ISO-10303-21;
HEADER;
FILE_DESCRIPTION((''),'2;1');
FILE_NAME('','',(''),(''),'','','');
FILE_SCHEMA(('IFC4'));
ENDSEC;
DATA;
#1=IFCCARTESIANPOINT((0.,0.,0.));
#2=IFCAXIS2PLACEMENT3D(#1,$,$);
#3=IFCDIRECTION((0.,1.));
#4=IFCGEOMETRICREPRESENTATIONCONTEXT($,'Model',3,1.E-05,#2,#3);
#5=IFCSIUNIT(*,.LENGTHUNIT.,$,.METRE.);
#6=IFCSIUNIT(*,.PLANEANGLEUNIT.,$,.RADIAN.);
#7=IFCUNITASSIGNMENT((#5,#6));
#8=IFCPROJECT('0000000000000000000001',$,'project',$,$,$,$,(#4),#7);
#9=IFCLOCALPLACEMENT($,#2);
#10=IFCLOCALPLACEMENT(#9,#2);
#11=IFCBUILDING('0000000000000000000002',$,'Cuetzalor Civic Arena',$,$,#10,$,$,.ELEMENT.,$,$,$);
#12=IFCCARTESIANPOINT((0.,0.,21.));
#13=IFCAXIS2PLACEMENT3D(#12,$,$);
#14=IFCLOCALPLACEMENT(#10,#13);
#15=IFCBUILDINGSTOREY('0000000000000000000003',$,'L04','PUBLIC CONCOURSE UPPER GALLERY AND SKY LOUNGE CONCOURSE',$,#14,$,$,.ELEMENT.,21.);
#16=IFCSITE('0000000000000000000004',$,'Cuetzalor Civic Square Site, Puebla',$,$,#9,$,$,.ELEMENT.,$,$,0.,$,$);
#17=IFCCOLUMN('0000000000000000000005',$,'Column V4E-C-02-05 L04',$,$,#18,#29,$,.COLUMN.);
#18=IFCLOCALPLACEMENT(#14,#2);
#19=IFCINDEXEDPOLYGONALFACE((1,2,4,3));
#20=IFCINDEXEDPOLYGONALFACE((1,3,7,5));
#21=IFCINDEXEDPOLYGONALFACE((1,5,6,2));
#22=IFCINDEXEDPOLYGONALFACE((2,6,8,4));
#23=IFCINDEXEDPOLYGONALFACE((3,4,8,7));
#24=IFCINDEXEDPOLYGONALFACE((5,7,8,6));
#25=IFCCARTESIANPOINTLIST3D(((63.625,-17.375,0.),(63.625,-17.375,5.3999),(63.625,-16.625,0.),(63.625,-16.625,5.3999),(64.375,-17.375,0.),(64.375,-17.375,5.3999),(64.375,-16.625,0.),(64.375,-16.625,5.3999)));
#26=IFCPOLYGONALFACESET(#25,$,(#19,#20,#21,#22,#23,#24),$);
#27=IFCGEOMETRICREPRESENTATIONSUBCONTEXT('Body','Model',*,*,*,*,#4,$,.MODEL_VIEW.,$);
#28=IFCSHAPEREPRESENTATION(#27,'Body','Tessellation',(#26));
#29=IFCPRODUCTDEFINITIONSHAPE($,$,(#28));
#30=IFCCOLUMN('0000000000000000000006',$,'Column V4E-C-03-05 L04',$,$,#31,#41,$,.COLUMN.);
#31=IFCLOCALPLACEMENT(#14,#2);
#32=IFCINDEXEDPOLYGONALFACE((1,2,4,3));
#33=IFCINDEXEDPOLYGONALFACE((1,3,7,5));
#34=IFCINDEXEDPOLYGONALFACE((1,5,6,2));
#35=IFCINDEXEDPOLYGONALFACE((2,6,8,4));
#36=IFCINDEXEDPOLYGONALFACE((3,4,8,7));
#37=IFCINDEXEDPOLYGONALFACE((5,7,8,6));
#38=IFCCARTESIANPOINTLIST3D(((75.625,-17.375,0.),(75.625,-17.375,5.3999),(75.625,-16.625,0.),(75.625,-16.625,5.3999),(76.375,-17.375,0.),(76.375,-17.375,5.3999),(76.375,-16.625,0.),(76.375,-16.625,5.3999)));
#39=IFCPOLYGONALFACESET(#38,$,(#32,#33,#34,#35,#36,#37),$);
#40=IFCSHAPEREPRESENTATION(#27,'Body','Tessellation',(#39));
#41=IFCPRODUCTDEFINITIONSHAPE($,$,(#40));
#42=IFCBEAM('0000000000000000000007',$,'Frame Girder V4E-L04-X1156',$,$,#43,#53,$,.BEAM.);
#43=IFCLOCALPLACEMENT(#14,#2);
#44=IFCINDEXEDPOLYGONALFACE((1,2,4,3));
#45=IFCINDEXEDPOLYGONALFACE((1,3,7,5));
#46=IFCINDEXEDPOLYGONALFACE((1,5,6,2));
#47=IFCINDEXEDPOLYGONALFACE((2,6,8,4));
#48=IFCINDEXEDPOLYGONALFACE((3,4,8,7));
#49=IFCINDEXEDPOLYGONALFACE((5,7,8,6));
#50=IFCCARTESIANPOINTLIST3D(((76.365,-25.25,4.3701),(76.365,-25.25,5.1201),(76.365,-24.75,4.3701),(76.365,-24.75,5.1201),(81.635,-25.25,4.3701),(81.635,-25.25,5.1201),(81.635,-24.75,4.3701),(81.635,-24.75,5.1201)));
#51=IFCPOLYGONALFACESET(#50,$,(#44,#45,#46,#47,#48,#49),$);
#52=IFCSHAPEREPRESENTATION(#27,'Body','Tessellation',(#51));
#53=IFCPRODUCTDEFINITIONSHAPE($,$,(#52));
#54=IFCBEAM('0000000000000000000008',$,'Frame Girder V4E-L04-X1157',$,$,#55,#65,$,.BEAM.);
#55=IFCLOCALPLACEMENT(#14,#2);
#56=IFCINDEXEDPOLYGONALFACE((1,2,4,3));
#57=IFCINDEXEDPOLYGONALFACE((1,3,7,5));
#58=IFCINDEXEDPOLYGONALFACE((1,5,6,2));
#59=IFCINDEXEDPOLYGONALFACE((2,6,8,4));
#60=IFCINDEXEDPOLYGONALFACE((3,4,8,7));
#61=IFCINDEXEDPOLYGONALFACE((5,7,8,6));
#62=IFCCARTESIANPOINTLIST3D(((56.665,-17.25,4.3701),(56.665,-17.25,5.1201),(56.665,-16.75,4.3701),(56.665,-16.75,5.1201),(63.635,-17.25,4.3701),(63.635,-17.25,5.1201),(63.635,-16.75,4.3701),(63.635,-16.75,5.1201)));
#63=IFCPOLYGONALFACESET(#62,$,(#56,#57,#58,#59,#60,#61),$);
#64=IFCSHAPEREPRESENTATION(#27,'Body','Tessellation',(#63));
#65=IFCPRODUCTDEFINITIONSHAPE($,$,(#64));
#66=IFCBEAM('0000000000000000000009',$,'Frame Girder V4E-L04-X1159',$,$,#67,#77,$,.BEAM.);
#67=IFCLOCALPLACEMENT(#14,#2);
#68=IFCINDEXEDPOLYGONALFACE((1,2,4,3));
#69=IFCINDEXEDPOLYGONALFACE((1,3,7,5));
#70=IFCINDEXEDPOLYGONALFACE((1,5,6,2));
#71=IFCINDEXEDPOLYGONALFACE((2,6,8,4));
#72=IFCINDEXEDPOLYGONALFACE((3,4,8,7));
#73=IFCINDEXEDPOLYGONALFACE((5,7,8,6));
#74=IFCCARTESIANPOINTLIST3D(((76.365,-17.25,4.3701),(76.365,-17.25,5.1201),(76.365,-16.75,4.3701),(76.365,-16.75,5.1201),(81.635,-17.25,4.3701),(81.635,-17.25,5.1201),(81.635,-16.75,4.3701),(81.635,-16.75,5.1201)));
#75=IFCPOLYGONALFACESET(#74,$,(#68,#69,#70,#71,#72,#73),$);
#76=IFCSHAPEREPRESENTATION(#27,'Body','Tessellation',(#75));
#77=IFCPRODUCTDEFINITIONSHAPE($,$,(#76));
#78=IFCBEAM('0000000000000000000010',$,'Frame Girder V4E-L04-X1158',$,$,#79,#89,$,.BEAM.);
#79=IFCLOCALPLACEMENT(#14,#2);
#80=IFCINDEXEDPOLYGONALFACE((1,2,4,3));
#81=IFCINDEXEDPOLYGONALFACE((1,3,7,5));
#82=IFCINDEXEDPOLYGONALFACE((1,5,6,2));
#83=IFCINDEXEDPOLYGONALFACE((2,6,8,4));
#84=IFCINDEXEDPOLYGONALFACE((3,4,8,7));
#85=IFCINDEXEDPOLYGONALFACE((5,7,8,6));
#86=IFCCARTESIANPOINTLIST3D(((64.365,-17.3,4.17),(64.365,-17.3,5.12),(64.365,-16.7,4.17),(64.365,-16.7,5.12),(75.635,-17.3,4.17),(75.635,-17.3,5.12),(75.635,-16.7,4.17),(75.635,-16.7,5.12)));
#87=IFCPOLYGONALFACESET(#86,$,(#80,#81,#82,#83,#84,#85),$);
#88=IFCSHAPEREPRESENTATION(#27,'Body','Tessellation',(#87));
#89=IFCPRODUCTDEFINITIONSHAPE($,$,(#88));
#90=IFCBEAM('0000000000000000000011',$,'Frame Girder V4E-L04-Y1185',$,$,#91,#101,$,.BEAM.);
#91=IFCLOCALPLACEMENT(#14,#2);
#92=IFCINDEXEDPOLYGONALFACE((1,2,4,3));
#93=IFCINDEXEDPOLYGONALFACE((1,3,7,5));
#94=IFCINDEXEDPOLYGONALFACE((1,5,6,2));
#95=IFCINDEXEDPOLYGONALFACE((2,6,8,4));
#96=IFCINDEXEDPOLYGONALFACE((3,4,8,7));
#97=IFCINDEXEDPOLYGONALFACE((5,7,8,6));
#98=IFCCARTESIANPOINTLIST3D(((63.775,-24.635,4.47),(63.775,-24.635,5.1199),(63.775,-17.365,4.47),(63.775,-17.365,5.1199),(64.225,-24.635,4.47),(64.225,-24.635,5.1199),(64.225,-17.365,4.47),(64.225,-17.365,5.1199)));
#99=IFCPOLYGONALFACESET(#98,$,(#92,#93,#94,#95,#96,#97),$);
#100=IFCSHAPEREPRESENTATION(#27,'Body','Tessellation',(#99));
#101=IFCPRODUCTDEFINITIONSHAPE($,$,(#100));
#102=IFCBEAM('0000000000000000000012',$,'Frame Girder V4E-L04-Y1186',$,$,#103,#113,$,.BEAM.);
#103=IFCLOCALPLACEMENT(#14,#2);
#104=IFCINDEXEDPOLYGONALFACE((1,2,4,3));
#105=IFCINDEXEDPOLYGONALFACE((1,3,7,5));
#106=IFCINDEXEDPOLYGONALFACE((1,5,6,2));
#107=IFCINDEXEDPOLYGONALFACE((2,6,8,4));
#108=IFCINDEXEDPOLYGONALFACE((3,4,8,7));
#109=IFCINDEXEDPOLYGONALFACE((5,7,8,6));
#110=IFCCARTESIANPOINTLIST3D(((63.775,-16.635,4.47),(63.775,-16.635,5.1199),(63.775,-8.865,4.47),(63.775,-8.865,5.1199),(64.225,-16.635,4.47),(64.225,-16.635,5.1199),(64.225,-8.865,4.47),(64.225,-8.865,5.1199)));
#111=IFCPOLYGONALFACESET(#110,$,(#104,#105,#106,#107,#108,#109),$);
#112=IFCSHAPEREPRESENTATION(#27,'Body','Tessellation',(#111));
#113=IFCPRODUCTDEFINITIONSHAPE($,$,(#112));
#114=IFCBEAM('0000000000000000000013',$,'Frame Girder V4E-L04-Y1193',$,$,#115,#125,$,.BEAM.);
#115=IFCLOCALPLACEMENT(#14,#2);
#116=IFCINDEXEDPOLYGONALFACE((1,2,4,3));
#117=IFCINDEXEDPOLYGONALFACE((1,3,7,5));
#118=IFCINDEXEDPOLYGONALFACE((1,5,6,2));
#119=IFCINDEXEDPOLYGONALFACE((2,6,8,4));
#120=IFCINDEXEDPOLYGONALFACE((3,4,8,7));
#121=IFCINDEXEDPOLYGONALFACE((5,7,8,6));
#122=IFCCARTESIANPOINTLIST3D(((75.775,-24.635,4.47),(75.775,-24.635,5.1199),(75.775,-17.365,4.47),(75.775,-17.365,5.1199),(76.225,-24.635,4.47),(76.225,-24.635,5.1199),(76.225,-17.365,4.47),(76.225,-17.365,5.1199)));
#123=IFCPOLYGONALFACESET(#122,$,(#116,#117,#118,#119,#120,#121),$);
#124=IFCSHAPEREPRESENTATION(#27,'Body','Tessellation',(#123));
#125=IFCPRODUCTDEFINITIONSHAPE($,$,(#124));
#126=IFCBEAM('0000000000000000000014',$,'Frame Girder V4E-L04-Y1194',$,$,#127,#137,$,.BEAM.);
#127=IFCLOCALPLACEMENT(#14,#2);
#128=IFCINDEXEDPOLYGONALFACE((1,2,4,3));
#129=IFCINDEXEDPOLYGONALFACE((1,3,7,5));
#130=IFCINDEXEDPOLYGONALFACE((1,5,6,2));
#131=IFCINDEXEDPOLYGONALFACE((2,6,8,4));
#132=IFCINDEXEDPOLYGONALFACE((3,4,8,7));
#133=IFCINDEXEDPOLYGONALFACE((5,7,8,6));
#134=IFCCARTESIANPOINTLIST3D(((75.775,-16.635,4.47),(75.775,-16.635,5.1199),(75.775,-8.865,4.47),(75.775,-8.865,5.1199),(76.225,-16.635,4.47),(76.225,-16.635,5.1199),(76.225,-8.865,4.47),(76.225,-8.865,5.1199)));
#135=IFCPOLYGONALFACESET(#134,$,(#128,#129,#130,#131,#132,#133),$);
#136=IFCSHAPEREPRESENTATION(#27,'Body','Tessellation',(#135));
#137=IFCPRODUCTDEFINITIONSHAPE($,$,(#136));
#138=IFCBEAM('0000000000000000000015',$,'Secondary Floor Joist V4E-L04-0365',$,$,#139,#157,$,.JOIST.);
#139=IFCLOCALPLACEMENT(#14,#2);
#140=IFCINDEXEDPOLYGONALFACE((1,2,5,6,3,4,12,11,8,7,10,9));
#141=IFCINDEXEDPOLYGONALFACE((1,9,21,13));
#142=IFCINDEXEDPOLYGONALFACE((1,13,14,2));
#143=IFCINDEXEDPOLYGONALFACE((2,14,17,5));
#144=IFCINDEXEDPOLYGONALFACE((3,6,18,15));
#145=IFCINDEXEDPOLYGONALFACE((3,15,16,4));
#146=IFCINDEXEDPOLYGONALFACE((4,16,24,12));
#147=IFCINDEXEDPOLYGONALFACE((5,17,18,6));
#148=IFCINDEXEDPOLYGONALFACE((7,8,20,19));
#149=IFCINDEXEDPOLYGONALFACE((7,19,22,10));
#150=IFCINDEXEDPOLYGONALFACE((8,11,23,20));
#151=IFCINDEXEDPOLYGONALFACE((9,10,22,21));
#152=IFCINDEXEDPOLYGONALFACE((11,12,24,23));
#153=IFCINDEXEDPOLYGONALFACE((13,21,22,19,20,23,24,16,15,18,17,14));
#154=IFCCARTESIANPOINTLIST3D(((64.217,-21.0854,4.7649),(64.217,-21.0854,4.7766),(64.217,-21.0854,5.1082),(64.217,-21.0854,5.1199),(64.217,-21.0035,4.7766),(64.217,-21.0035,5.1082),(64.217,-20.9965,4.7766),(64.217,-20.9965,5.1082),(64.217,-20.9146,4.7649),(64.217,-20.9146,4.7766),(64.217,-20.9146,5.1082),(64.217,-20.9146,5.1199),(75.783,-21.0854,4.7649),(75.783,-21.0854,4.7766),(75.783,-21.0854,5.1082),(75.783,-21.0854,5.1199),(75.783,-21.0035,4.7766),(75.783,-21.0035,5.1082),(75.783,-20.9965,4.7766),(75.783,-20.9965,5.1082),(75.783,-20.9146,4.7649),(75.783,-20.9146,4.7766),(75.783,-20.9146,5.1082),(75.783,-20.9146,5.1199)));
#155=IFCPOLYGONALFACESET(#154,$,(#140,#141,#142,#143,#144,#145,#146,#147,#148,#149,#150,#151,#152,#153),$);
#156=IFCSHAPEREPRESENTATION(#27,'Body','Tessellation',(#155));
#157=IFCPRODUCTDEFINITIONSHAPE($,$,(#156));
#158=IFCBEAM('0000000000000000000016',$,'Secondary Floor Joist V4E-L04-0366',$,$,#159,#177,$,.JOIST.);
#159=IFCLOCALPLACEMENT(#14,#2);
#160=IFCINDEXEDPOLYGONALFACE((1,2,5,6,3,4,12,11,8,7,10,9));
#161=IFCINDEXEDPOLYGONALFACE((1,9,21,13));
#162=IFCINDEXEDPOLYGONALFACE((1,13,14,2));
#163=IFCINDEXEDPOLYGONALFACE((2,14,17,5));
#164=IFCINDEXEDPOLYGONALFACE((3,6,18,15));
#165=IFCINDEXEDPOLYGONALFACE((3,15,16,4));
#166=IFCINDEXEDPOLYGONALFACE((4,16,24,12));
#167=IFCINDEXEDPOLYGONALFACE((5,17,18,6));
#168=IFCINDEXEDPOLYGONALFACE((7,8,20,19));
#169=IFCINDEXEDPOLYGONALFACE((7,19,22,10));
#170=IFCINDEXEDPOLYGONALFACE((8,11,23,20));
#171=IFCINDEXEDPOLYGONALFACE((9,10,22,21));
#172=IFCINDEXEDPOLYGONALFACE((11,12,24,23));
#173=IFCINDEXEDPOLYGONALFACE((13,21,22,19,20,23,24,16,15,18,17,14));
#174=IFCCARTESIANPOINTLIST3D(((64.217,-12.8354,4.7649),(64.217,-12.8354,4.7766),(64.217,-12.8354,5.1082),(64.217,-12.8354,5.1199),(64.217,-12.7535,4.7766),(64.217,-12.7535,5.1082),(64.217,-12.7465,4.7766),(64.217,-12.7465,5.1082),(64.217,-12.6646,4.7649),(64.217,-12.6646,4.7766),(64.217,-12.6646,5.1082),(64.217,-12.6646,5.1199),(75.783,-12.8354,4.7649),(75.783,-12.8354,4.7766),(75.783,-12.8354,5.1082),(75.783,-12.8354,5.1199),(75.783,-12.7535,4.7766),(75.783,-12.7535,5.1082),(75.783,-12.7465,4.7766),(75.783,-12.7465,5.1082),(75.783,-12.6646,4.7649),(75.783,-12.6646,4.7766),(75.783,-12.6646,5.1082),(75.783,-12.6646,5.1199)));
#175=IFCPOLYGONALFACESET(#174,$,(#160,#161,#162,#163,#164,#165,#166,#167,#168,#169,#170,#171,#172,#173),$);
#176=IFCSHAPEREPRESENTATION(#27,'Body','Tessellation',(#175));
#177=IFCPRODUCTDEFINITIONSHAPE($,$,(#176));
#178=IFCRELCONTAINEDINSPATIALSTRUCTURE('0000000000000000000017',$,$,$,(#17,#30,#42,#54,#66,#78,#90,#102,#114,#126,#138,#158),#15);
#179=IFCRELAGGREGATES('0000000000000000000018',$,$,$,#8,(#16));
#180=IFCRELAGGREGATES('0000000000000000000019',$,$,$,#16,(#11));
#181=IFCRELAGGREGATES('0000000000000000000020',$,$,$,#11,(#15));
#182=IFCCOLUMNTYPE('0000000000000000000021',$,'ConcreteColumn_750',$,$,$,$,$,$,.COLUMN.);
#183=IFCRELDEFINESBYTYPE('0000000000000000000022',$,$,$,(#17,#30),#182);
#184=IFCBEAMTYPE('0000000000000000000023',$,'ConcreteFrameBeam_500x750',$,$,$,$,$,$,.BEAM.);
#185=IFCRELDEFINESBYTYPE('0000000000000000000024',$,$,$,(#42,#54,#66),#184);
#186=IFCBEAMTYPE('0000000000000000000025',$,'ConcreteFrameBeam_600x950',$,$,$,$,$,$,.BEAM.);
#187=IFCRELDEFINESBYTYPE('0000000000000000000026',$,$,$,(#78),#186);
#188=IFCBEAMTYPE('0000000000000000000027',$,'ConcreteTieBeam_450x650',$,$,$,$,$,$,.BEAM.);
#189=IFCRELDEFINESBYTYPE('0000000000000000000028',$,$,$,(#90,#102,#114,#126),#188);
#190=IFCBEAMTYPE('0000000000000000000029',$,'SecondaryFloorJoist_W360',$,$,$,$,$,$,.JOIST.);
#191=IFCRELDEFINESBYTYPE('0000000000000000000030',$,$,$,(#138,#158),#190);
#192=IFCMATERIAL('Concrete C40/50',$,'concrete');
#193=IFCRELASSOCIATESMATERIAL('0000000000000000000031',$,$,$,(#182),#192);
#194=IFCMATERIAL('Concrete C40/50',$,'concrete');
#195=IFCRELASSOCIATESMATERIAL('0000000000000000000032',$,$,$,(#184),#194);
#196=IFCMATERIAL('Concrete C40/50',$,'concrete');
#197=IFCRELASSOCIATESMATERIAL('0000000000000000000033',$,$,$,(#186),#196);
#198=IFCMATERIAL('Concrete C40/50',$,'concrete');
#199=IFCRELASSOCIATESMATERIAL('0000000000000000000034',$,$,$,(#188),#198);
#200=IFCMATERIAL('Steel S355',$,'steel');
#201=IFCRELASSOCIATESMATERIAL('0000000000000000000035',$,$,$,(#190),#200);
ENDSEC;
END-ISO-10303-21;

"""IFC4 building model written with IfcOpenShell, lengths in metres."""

from ifc_helpers import new_model, si_unit, direction, frame, origin, origin_2d, place, context, subcontext, project, spatial, rectangle, i_section, extrude, material, material_profile, profile_set, type_object, element, save


model = new_model("IFC4")

# Units and contexts
model_context = context("Model", 3, precision=1e-05, world=origin(), true_north=direction((0.0, 1.0)))
body_context = subcontext(model_context, "Body", "Model", "MODEL_VIEW")
ifc_project = project(units=[si_unit("LENGTHUNIT", "METRE"), si_unit("PLANEANGLEUNIT", "RADIAN")], contexts=[model_context])

# Site, building, storey
site_placement = place(None, origin())
site = spatial("IfcSite", under=ifc_project, at=site_placement, Name="Cuetzalor Civic Square Site, Puebla", CompositionType="ELEMENT", RefElevation=0.0)
building_placement = place(site_placement, origin())
building = spatial("IfcBuilding", under=site, at=building_placement, Name="Cuetzalor Civic Arena", CompositionType="ELEMENT")
storey_placement = place(building_placement, frame((0.0, 0.0, 21.0)))
storey = spatial("IfcBuildingStorey", under=building, at=storey_placement, Name="L04", Description="PUBLIC CONCOURSE UPPER GALLERY AND SKY LOUNGE CONCOURSE", CompositionType="ELEMENT", Elevation=21.0)

# Columns
ifc_material_1 = material(Name="Concrete C40/50", Category="concrete")
ifc_material_profile_1 = material_profile(ifc_material_1, rectangle(XDim=0.75, YDim=0.75, at=origin_2d()), Name="RC 750x750")
ifc_profile_set_1 = profile_set([ifc_material_profile_1], Name="Concrete C40/50")
column_type = type_object("IfcColumnType", Name="ConcreteColumn_750", PredefinedType="COLUMN", material=ifc_profile_set_1)
for number, where, z_axis, x_axis, name in (
    (1, (64.0, -17.0, 0.0), (0.0, 0.0, 1.0), (1.0, 0.0, 0.0), "Column V4E-C-02-05 L04"),
    (2, (76.0, -17.0, 0.0), (0.0, 0.0, 1.0), (1.0, 0.0, 0.0), "Column V4E-C-03-05 L04"),
):
    element("IfcColumn", number, at=place(storey_placement, frame(where, z_axis=z_axis, x_axis=x_axis)), inside=storey, type_object=column_type, Name=name, PredefinedType="COLUMN", context=body_context, shape_type="SweptSolid", body=[
        extrude(rectangle(XDim=0.75, YDim=0.75, at=origin_2d()), origin(), (0.0, 0.0, 1.0), 5.3999),
    ])

# Beams
ifc_material_2 = material(Name="Concrete C40/50", Category="concrete")
ifc_material_profile_2 = material_profile(ifc_material_2, rectangle(XDim=0.5, YDim=0.75, at=origin_2d()), Name="RC 500x750")
ifc_profile_set_2 = profile_set([ifc_material_profile_2], Name="Concrete C40/50")
beam_type_1 = type_object("IfcBeamType", Name="ConcreteFrameBeam_500x750", PredefinedType="BEAM", material=ifc_profile_set_2)
beam_1_placement = place(storey_placement, frame((76.365, -25.0, 4.7451), z_axis=(1.0, 0.0, 0.0), x_axis=(0.0, 1.0, 0.0)))
element("IfcBeam", 3, at=beam_1_placement, inside=storey, type_object=beam_type_1, Name="Frame Girder V4E-L04-X1156", PredefinedType="BEAM", context=body_context, shape_type="SweptSolid", body=[
    extrude(rectangle(XDim=0.5, YDim=0.75, at=origin_2d()), origin(), (0.0, 0.0, 1.0), 5.27),
])
beam_2_placement = place(storey_placement, frame((56.665, -17.0, 4.7451), z_axis=(1.0, 0.0, 0.0), x_axis=(0.0, 1.0, 0.0)))
element("IfcBeam", 4, at=beam_2_placement, inside=storey, type_object=beam_type_1, Name="Frame Girder V4E-L04-X1157", PredefinedType="BEAM", context=body_context, shape_type="SweptSolid", body=[
    extrude(rectangle(XDim=0.5, YDim=0.75, at=origin_2d()), origin(), (0.0, 0.0, 1.0), 6.97),
])
beam_3_placement = place(storey_placement, frame((76.365, -17.0, 4.7451), z_axis=(1.0, 0.0, 0.0), x_axis=(0.0, 1.0, 0.0)))
element("IfcBeam", 5, at=beam_3_placement, inside=storey, type_object=beam_type_1, Name="Frame Girder V4E-L04-X1159", PredefinedType="BEAM", context=body_context, shape_type="SweptSolid", body=[
    extrude(rectangle(XDim=0.5, YDim=0.75, at=origin_2d()), origin(), (0.0, 0.0, 1.0), 5.27),
])
ifc_material_3 = material(Name="Concrete C40/50", Category="concrete")
ifc_material_profile_3 = material_profile(ifc_material_3, rectangle(XDim=0.6001, YDim=0.95, at=origin_2d()), Name="RC 600x950")
ifc_profile_set_3 = profile_set([ifc_material_profile_3], Name="Concrete C40/50")
beam_type_2 = type_object("IfcBeamType", Name="ConcreteFrameBeam_600x950", PredefinedType="BEAM", material=ifc_profile_set_3)
beam_4_placement = place(storey_placement, frame((64.365, -17.0, 4.645), z_axis=(1.0, 0.0, 0.0), x_axis=(0.0, 1.0, 0.0)))
element("IfcBeam", 6, at=beam_4_placement, inside=storey, type_object=beam_type_2, Name="Frame Girder V4E-L04-X1158", PredefinedType="BEAM", context=body_context, shape_type="SweptSolid", body=[
    extrude(rectangle(XDim=0.6001, YDim=0.95, at=origin_2d()), origin(), (0.0, 0.0, 1.0), 11.27),
])
ifc_material_4 = material(Name="Concrete C40/50", Category="concrete")
ifc_material_profile_4 = material_profile(ifc_material_4, rectangle(XDim=0.45, YDim=0.6499, at=origin_2d()), Name="RC 450x650")
ifc_profile_set_4 = profile_set([ifc_material_profile_4], Name="Concrete C40/50")
beam_type_3 = type_object("IfcBeamType", Name="ConcreteTieBeam_450x650", PredefinedType="BEAM", material=ifc_profile_set_4)
beam_5_placement = place(storey_placement, frame((64.0, -24.635, 4.7949), z_axis=(0.0, 1.0, 0.0), x_axis=(-1.0, 0.0, 0.0)))
element("IfcBeam", 7, at=beam_5_placement, inside=storey, type_object=beam_type_3, Name="Frame Girder V4E-L04-Y1185", PredefinedType="BEAM", context=body_context, shape_type="SweptSolid", body=[
    extrude(rectangle(XDim=0.45, YDim=0.6499, at=origin_2d()), origin(), (0.0, 0.0, 1.0), 7.27),
])
beam_6_placement = place(storey_placement, frame((64.0, -16.635, 4.7949), z_axis=(0.0, 1.0, 0.0), x_axis=(-1.0, 0.0, 0.0)))
element("IfcBeam", 8, at=beam_6_placement, inside=storey, type_object=beam_type_3, Name="Frame Girder V4E-L04-Y1186", PredefinedType="BEAM", context=body_context, shape_type="SweptSolid", body=[
    extrude(rectangle(XDim=0.45, YDim=0.6499, at=origin_2d()), origin(), (0.0, 0.0, 1.0), 7.77),
])
beam_7_placement = place(storey_placement, frame((76.0, -24.635, 4.7949), z_axis=(0.0, 1.0, 0.0), x_axis=(-1.0, 0.0, 0.0)))
element("IfcBeam", 9, at=beam_7_placement, inside=storey, type_object=beam_type_3, Name="Frame Girder V4E-L04-Y1193", PredefinedType="BEAM", context=body_context, shape_type="SweptSolid", body=[
    extrude(rectangle(XDim=0.45, YDim=0.6499, at=origin_2d()), origin(), (0.0, 0.0, 1.0), 7.27),
])
beam_8_placement = place(storey_placement, frame((76.0, -16.635, 4.7949), z_axis=(0.0, 1.0, 0.0), x_axis=(-1.0, 0.0, 0.0)))
element("IfcBeam", 10, at=beam_8_placement, inside=storey, type_object=beam_type_3, Name="Frame Girder V4E-L04-Y1194", PredefinedType="BEAM", context=body_context, shape_type="SweptSolid", body=[
    extrude(rectangle(XDim=0.45, YDim=0.6499, at=origin_2d()), origin(), (0.0, 0.0, 1.0), 7.77),
])
ifc_material_5 = material(Name="Steel S355", Category="steel")
ifc_material_profile_5 = material_profile(ifc_material_5, i_section(OverallWidth=0.1709, OverallDepth=0.355, WebThickness=0.0071, FlangeThickness=0.0117, at=origin_2d()), Name="W360x51")
ifc_profile_set_5 = profile_set([ifc_material_profile_5], Name="Steel S355")
beam_type_4 = type_object("IfcBeamType", Name="SecondaryFloorJoist_W360", PredefinedType="JOIST", material=ifc_profile_set_5)
for number, where, z_axis, x_axis, name in (
    (11, (64.217, -21.0, 4.9424), (1.0, 0.0, 0.0), (0.0, 1.0, 0.0), "Secondary Floor Joist V4E-L04-0365"),
    (12, (64.217, -12.75, 4.9424), (1.0, 0.0, 0.0), (0.0, 1.0, 0.0), "Secondary Floor Joist V4E-L04-0366"),
):
    element("IfcBeam", number, at=place(storey_placement, frame(where, z_axis=z_axis, x_axis=x_axis)), inside=storey, type_object=beam_type_4, Name=name, PredefinedType="JOIST", context=body_context, shape_type="SweptSolid", body=[
        extrude(i_section(OverallWidth=0.1709, OverallDepth=0.355, WebThickness=0.0071, FlangeThickness=0.0117, at=origin_2d()), origin(), (0.0, 0.0, 1.0), 11.5659),
    ])

save(model, "model.ifc")
